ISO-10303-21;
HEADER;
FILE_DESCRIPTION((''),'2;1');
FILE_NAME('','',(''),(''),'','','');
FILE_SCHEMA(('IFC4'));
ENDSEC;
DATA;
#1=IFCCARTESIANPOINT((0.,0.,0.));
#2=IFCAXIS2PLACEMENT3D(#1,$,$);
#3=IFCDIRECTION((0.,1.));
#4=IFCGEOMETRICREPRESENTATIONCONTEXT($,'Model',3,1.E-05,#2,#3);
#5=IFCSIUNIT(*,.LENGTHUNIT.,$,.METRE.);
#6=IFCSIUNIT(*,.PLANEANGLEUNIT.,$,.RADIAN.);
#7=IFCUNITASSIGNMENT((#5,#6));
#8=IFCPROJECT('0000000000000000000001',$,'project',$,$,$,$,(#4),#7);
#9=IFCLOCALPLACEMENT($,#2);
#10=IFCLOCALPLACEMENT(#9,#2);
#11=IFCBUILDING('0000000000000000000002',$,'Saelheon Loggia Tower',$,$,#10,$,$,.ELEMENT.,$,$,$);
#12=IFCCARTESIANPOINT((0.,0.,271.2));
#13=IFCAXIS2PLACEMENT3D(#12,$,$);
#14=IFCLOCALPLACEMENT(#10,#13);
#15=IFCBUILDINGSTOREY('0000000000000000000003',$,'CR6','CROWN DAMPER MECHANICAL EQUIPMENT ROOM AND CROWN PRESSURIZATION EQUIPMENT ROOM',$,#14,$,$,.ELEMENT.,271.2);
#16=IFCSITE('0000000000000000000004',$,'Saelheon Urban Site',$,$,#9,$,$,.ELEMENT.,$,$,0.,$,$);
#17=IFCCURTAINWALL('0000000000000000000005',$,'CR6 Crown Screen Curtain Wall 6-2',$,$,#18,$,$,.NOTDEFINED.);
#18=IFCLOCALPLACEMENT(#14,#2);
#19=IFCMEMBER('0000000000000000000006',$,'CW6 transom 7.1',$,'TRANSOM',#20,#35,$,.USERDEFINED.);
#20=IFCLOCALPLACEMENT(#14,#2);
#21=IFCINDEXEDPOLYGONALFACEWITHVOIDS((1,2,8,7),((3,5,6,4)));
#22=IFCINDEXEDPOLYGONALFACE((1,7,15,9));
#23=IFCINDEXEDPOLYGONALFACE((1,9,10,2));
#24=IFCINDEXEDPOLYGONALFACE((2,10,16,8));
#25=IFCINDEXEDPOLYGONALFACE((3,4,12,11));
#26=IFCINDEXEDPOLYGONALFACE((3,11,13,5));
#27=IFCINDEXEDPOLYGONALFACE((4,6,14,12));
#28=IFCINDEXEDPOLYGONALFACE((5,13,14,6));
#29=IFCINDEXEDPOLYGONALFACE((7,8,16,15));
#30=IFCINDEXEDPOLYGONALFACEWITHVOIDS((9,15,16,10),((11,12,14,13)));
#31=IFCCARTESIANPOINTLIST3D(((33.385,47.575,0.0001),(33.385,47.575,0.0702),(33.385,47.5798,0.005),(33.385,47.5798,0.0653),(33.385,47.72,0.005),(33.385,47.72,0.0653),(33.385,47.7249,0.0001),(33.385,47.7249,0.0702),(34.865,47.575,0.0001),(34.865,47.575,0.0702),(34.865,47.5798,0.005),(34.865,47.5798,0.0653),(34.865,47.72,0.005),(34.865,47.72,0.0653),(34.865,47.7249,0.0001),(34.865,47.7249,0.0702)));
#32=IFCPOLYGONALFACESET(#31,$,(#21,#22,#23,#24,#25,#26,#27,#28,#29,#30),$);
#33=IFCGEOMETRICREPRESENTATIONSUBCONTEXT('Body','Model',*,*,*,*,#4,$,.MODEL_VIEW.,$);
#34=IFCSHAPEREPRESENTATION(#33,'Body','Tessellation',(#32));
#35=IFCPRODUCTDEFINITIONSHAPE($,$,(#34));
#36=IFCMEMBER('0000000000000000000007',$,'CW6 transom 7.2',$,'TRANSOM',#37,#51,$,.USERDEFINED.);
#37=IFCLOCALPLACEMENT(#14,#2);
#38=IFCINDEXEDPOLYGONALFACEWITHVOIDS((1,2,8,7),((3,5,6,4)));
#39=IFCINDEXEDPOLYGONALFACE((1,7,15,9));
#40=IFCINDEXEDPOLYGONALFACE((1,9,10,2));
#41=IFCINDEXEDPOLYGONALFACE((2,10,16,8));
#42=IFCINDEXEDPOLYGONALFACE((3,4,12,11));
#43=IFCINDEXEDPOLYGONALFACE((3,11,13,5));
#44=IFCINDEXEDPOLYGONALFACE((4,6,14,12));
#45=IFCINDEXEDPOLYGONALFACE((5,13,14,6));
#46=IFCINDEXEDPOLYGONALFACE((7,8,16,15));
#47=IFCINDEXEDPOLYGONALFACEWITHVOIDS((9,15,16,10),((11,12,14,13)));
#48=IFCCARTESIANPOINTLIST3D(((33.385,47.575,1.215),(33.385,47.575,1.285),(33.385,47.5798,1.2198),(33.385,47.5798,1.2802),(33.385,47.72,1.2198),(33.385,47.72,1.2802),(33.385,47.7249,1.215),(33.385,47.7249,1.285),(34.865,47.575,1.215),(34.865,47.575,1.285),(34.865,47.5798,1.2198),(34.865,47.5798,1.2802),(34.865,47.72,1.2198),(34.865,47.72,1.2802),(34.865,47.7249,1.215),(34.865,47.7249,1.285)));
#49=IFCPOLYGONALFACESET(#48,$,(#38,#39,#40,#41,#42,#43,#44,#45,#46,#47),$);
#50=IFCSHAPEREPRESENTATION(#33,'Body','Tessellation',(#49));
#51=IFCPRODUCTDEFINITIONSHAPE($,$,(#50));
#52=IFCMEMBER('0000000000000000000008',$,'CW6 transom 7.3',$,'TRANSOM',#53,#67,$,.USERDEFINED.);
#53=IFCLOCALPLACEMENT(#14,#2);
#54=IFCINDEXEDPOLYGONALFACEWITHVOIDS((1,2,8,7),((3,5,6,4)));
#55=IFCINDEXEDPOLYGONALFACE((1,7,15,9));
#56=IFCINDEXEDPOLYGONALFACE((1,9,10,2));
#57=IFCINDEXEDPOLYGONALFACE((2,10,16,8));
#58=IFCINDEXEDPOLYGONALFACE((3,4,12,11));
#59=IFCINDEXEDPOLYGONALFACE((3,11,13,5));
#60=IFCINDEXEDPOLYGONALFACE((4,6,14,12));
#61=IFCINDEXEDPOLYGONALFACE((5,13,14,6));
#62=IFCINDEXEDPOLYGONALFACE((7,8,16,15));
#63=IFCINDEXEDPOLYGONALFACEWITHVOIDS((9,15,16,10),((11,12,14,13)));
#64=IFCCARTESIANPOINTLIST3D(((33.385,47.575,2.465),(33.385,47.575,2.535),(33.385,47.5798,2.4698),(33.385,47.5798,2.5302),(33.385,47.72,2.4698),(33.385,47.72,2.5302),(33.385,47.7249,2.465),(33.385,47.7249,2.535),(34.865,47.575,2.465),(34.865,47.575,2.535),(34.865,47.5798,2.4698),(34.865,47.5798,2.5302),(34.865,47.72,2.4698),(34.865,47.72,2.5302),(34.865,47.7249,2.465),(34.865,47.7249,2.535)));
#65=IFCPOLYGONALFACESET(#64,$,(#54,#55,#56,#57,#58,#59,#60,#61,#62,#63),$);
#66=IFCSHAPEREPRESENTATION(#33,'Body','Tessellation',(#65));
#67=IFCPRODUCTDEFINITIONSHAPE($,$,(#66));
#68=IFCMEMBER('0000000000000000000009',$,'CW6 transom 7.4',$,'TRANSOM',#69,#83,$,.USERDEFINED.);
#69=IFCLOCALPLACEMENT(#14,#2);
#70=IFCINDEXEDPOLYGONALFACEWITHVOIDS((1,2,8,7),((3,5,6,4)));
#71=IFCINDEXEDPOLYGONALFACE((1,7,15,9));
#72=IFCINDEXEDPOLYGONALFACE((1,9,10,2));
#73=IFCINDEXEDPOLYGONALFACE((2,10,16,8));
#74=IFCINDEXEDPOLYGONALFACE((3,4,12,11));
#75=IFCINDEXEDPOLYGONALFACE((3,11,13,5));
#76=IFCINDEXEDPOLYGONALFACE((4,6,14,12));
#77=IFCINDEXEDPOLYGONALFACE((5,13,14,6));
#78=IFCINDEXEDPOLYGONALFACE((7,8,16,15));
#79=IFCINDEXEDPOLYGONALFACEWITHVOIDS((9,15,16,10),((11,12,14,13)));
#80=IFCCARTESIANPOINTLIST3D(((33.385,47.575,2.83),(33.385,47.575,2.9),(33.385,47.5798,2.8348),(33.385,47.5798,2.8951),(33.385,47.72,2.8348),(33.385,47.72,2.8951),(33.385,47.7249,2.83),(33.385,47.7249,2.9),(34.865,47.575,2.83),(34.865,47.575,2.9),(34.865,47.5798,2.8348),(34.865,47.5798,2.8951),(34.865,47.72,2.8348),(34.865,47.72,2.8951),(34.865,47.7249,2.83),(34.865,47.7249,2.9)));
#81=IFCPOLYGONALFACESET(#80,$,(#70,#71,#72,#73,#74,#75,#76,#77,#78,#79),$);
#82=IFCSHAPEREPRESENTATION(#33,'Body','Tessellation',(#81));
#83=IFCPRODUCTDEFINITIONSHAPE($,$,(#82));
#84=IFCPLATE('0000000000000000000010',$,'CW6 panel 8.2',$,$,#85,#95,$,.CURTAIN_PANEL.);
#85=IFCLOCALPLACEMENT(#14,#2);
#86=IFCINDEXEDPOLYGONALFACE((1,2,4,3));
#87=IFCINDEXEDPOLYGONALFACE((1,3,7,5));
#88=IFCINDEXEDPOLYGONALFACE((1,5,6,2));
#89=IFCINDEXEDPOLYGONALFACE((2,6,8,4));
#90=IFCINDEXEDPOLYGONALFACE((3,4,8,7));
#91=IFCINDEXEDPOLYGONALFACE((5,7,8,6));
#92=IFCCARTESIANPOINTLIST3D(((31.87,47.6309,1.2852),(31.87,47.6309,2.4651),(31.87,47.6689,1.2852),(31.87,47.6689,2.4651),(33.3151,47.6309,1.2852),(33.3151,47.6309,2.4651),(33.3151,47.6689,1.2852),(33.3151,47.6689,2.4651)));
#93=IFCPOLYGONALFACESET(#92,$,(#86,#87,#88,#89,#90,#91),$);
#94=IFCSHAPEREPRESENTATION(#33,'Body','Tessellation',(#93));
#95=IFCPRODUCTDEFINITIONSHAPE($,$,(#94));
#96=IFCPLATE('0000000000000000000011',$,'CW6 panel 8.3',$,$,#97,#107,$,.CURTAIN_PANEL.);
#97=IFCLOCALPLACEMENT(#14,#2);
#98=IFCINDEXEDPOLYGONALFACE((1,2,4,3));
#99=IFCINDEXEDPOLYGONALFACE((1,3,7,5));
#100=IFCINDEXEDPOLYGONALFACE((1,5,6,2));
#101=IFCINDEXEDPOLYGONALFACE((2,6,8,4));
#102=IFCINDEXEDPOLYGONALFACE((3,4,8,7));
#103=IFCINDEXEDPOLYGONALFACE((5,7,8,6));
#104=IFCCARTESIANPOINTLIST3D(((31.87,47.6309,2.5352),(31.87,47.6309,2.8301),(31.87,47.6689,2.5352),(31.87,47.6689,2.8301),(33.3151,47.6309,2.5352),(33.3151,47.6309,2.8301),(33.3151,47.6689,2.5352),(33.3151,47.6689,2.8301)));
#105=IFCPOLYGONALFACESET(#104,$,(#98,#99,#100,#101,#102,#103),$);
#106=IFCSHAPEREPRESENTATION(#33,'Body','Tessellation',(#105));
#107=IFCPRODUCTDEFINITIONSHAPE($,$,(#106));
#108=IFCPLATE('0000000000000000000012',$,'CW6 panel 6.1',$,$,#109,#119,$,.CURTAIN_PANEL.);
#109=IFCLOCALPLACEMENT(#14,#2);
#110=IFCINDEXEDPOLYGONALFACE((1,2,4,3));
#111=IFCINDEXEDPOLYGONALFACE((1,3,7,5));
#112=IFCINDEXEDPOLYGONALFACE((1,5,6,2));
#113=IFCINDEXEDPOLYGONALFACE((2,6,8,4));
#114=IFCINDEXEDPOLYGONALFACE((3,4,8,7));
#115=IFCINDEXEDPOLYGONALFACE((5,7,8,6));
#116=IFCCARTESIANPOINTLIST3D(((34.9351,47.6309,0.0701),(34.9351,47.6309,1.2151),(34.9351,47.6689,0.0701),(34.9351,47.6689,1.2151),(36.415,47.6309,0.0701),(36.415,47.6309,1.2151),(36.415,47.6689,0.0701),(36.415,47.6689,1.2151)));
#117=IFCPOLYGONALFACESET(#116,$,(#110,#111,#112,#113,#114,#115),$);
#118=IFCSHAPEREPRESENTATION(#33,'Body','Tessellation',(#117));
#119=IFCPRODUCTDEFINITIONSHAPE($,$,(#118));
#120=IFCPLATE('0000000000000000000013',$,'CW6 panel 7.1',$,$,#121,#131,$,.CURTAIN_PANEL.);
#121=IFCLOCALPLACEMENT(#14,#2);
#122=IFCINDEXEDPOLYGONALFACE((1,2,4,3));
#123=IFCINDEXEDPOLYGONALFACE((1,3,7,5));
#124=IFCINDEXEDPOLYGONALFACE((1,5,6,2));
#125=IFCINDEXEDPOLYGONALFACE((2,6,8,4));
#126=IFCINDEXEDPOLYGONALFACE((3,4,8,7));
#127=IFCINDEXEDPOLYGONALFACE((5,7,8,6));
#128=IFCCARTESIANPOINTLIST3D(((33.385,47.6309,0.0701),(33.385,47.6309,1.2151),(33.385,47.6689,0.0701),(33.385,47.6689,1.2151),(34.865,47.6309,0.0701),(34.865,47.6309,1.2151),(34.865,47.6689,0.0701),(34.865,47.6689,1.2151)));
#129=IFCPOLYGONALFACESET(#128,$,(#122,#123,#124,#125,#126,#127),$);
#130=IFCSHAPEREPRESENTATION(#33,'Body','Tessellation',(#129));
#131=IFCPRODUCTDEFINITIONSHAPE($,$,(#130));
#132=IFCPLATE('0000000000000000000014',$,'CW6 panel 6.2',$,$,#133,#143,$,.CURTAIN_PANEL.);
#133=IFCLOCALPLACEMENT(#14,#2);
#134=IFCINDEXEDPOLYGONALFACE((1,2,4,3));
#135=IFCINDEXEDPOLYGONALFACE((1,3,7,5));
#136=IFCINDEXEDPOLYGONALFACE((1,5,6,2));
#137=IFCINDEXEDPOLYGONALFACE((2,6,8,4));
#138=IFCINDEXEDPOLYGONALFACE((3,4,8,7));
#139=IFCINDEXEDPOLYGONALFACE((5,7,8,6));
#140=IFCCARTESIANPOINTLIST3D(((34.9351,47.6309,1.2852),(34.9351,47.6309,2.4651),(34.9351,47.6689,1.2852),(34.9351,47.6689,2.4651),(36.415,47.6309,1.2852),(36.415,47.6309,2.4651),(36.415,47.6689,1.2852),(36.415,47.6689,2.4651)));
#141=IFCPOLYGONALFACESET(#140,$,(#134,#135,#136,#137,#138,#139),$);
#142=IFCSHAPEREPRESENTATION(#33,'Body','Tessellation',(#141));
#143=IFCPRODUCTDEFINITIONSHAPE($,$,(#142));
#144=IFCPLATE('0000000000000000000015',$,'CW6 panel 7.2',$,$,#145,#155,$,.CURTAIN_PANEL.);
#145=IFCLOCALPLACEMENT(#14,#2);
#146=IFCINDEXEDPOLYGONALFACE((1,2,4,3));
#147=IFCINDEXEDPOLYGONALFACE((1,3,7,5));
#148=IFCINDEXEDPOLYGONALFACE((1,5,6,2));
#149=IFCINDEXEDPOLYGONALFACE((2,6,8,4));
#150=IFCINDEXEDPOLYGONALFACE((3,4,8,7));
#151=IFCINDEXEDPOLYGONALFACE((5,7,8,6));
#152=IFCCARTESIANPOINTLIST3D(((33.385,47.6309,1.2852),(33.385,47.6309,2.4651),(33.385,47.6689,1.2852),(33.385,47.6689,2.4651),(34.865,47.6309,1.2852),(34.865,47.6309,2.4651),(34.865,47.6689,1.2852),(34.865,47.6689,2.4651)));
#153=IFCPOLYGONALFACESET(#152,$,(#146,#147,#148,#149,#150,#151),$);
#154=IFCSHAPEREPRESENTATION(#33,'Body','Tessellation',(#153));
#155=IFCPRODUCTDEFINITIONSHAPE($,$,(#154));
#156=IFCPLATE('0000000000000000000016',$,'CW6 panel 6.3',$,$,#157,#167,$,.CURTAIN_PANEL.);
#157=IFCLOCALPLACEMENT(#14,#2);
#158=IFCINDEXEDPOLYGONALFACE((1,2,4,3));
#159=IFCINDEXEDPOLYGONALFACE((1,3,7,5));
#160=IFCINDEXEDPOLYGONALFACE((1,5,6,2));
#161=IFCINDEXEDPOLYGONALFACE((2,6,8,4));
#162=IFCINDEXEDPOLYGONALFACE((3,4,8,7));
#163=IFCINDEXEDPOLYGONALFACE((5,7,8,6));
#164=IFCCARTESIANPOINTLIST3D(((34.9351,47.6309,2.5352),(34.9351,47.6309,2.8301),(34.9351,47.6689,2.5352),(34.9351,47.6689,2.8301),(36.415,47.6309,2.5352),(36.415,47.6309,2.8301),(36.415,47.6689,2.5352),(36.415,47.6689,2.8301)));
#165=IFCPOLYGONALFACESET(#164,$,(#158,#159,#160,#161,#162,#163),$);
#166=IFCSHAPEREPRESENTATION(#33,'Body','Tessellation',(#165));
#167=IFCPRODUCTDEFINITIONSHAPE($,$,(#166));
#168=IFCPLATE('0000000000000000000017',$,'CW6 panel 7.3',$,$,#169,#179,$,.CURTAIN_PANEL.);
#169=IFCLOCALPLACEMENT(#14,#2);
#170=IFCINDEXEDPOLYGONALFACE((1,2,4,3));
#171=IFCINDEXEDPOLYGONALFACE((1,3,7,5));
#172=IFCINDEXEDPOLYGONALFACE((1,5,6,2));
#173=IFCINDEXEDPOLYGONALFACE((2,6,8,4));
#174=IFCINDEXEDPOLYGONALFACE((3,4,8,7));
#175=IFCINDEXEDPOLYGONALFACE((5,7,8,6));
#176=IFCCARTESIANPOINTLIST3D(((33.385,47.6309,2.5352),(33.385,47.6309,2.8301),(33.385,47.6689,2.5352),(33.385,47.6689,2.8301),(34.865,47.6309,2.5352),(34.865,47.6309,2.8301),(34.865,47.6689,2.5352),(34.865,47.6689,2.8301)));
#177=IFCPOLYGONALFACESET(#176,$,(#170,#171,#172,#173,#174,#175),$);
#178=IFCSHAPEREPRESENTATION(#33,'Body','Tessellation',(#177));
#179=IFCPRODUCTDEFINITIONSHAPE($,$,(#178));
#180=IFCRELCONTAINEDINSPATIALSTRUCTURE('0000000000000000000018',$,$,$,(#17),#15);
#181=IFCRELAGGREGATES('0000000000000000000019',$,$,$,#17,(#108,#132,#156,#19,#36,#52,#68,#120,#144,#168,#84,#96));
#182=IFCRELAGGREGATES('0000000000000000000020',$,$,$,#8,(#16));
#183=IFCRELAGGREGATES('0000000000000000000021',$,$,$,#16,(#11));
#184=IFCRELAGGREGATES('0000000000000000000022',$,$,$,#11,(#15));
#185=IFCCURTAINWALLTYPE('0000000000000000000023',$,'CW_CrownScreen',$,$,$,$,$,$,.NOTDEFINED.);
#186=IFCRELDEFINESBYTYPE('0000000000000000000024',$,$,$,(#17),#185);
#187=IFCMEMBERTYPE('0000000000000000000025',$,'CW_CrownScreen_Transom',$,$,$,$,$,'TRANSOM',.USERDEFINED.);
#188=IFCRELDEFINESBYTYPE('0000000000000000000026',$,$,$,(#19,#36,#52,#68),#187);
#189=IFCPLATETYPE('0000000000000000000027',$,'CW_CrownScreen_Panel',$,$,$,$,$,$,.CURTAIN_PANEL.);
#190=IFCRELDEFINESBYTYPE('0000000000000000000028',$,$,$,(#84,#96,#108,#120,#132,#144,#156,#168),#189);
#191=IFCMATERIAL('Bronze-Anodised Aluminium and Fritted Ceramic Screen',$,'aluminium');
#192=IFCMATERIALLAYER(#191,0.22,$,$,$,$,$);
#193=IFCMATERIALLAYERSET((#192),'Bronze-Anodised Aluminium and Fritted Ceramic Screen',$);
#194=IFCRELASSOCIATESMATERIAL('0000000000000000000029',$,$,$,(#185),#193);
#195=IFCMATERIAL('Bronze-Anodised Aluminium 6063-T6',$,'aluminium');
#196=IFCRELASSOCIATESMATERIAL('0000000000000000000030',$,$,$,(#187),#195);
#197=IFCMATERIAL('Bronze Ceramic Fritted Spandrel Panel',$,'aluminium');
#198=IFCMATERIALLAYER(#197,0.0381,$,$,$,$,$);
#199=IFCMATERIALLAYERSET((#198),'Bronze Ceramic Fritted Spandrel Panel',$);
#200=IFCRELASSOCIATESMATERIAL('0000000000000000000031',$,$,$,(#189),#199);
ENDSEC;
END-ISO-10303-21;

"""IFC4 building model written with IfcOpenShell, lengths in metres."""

from ifc_helpers import new_model, si_unit, direction, frame, origin, origin_2d, place, context, subcontext, project, spatial, rectangle, hollow_rectangle, extrude, source, transform, mapped, material, layer, layer_set, material_profile, profile_set, type_object, element, aggregate, save


model = new_model("IFC4")

# Units and contexts
model_context = context("Model", 3, precision=1e-05, world=origin(), true_north=direction((0.0, 1.0)))
body_context = subcontext(model_context, "Body", "Model", "MODEL_VIEW")
ifc_project = project(units=[si_unit("LENGTHUNIT", "METRE"), si_unit("PLANEANGLEUNIT", "RADIAN")], contexts=[model_context])

# Site, building, storey
site_placement = place(None, origin())
site = spatial("IfcSite", under=ifc_project, at=site_placement, Name="Saelheon Urban Site", CompositionType="ELEMENT", RefElevation=0.0)
building_placement = place(site_placement, origin())
building = spatial("IfcBuilding", under=site, at=building_placement, Name="Saelheon Loggia Tower", CompositionType="ELEMENT")
storey_placement = place(building_placement, frame((0.0, 0.0, 271.2)))
storey = spatial("IfcBuildingStorey", under=building, at=storey_placement, Name="CR6", Description="CROWN DAMPER MECHANICAL EQUIPMENT ROOM AND CROWN PRESSURIZATION EQUIPMENT ROOM", CompositionType="ELEMENT", Elevation=271.2)

# Curtain wall, members, plates
ifc_material_1 = material(Name="Bronze-Anodised Aluminium and Fritted Ceramic Screen", Category="aluminium")
ifc_layer_1 = layer(ifc_material_1, 0.22)
ifc_layer_set_1 = layer_set([ifc_layer_1], Name="Bronze-Anodised Aluminium and Fritted Ceramic Screen")
curtain_wall_type = type_object("IfcCurtainWallType", Name="CW_CrownScreen", PredefinedType="NOTDEFINED", material=ifc_layer_set_1)
curtain_wall_placement = place(storey_placement, origin())
curtain_wall = element("IfcCurtainWall", 1, at=curtain_wall_placement, inside=storey, type_object=curtain_wall_type, Name="CR6 Crown Screen Curtain Wall 6-2", PredefinedType="NOTDEFINED")
ifc_material_2 = material(Name="Bronze-Anodised Aluminium 6063-T6", Category="aluminium")
ifc_material_profile_1 = material_profile(ifc_material_2, hollow_rectangle(XDim=0.0701, YDim=0.1499, WallThickness=0.0049, at=origin_2d()), Name="RHS-150x70x5")
ifc_profile_set_1 = profile_set([ifc_material_profile_1], Name="Bronze-Anodised Aluminium 6063-T6")
member_type_1 = type_object("IfcMemberType", Name="CW_CrownScreen_Transom", ElementType="TRANSOM", PredefinedType="USERDEFINED", material=ifc_profile_set_1)
shared_shape_1 = source(origin(), body_context, "Body", "SweptSolid", [
    extrude(hollow_rectangle(XDim=0.0701, YDim=0.1499, WallThickness=0.0049, at=origin_2d()), origin(), (0.0, 0.0, 1.0), 1.48),
])
member_1_placement = place(storey_placement, frame((34.865, 47.6499, 0.0352), z_axis=(-1.0, 0.0, 0.0), x_axis=(0.0, 0.0, 1.0)))
member_1 = element("IfcMember", 2, at=member_1_placement, type_object=member_type_1, Name="CW6 transom 7.1", ObjectType="TRANSOM", PredefinedType="USERDEFINED", context=body_context, shape_type="MappedRepresentation", body=[
    mapped(shared_shape_1, transform((0.0, 0.0, 0.0), scale=1.0)),
])
member_2_placement = place(storey_placement, frame((34.865, 47.6499, 1.25), z_axis=(-1.0, 0.0, 0.0), x_axis=(0.0, 0.0, 1.0)))
member_2 = element("IfcMember", 3, at=member_2_placement, type_object=member_type_1, Name="CW6 transom 7.2", ObjectType="TRANSOM", PredefinedType="USERDEFINED", context=body_context, shape_type="MappedRepresentation", body=[
    mapped(shared_shape_1, transform((0.0, 0.0, 0.0), scale=1.0)),
])
member_3_placement = place(storey_placement, frame((34.865, 47.6499, 2.5), z_axis=(-1.0, 0.0, 0.0), x_axis=(0.0, 0.0, 1.0)))
member_3 = element("IfcMember", 4, at=member_3_placement, type_object=member_type_1, Name="CW6 transom 7.3", ObjectType="TRANSOM", PredefinedType="USERDEFINED", context=body_context, shape_type="MappedRepresentation", body=[
    mapped(shared_shape_1, transform((0.0, 0.0, 0.0), scale=1.0)),
])
member_4_placement = place(storey_placement, frame((34.865, 47.6499, 2.865), z_axis=(-1.0, 0.0, 0.0), x_axis=(0.0, 0.0, 1.0)))
member_4 = element("IfcMember", 5, at=member_4_placement, type_object=member_type_1, Name="CW6 transom 7.4", ObjectType="TRANSOM", PredefinedType="USERDEFINED", context=body_context, shape_type="MappedRepresentation", body=[
    mapped(shared_shape_1, transform((0.0, 0.0, 0.0), scale=1.0)),
])
ifc_material_3 = material(Name="Bronze Ceramic Fritted Spandrel Panel", Category="aluminium")
ifc_layer_2 = layer(ifc_material_3, 0.0381)
ifc_layer_set_2 = layer_set([ifc_layer_2], Name="Bronze Ceramic Fritted Spandrel Panel")
plate_type = type_object("IfcPlateType", Name="CW_CrownScreen_Panel", PredefinedType="CURTAIN_PANEL", material=ifc_layer_set_2)
shared_shape_2 = source(origin(), body_context, "Body", "SweptSolid", [
    extrude(rectangle(XDim=1.4451, YDim=0.0381, at=origin_2d()), origin(), (0.0, 0.0, 1.0), 1.1799),
])
plate_1_placement = place(storey_placement, frame((32.5925, 47.6499, 1.2852), z_axis=(0.0, 0.0, 1.0), x_axis=(-1.0, 0.0, 0.0)))
plate_1 = element("IfcPlate", 6, at=plate_1_placement, type_object=plate_type, Name="CW6 panel 8.2", PredefinedType="CURTAIN_PANEL", context=body_context, shape_type="MappedRepresentation", body=[
    mapped(shared_shape_2, transform((0.0, 0.0, 0.0), scale=1.0)),
])
shared_shape_3 = source(origin(), body_context, "Body", "SweptSolid", [
    extrude(rectangle(XDim=1.4451, YDim=0.0381, at=origin_2d()), origin(), (0.0, 0.0, 1.0), 0.2949),
])
plate_2_placement = place(storey_placement, frame((32.5925, 47.6499, 2.5352), z_axis=(0.0, 0.0, 1.0), x_axis=(-1.0, 0.0, 0.0)))
plate_2 = element("IfcPlate", 7, at=plate_2_placement, type_object=plate_type, Name="CW6 panel 8.3", PredefinedType="CURTAIN_PANEL", context=body_context, shape_type="MappedRepresentation", body=[
    mapped(shared_shape_3, transform((0.0, 0.0, 0.0), scale=1.0)),
])
shared_shape_4 = source(origin(), body_context, "Body", "SweptSolid", [
    extrude(rectangle(XDim=1.48, YDim=0.0381, at=origin_2d()), origin(), (0.0, 0.0, 1.0), 1.145),
])
plate_3_placement = place(storey_placement, frame((35.675, 47.6499, 0.0701), z_axis=(0.0, 0.0, 1.0), x_axis=(-1.0, 0.0, 0.0)))
plate_3 = element("IfcPlate", 8, at=plate_3_placement, type_object=plate_type, Name="CW6 panel 6.1", PredefinedType="CURTAIN_PANEL", context=body_context, shape_type="MappedRepresentation", body=[
    mapped(shared_shape_4, transform((0.0, 0.0, 0.0), scale=1.0)),
])
plate_4_placement = place(storey_placement, frame((34.125, 47.6499, 0.0701), z_axis=(0.0, 0.0, 1.0), x_axis=(-1.0, 0.0, 0.0)))
plate_4 = element("IfcPlate", 9, at=plate_4_placement, type_object=plate_type, Name="CW6 panel 7.1", PredefinedType="CURTAIN_PANEL", context=body_context, shape_type="MappedRepresentation", body=[
    mapped(shared_shape_4, transform((0.0, 0.0, 0.0), scale=1.0)),
])
shared_shape_5 = source(origin(), body_context, "Body", "SweptSolid", [
    extrude(rectangle(XDim=1.48, YDim=0.0381, at=origin_2d()), origin(), (0.0, 0.0, 1.0), 1.1799),
])
plate_5_placement = place(storey_placement, frame((35.675, 47.6499, 1.2852), z_axis=(0.0, 0.0, 1.0), x_axis=(-1.0, 0.0, 0.0)))
plate_5 = element("IfcPlate", 10, at=plate_5_placement, type_object=plate_type, Name="CW6 panel 6.2", PredefinedType="CURTAIN_PANEL", context=body_context, shape_type="MappedRepresentation", body=[
    mapped(shared_shape_5, transform((0.0, 0.0, 0.0), scale=1.0)),
])
plate_6_placement = place(storey_placement, frame((34.125, 47.6499, 1.2852), z_axis=(0.0, 0.0, 1.0), x_axis=(-1.0, 0.0, 0.0)))
plate_6 = element("IfcPlate", 11, at=plate_6_placement, type_object=plate_type, Name="CW6 panel 7.2", PredefinedType="CURTAIN_PANEL", context=body_context, shape_type="MappedRepresentation", body=[
    mapped(shared_shape_5, transform((0.0, 0.0, 0.0), scale=1.0)),
])
shared_shape_6 = source(origin(), body_context, "Body", "SweptSolid", [
    extrude(rectangle(XDim=1.48, YDim=0.0381, at=origin_2d()), origin(), (0.0, 0.0, 1.0), 0.2949),
])
plate_7_placement = place(storey_placement, frame((35.675, 47.6499, 2.5352), z_axis=(0.0, 0.0, 1.0), x_axis=(-1.0, 0.0, 0.0)))
plate_7 = element("IfcPlate", 12, at=plate_7_placement, type_object=plate_type, Name="CW6 panel 6.3", PredefinedType="CURTAIN_PANEL", context=body_context, shape_type="MappedRepresentation", body=[
    mapped(shared_shape_6, transform((0.0, 0.0, 0.0), scale=1.0)),
])
plate_8_placement = place(storey_placement, frame((34.125, 47.6499, 2.5352), z_axis=(0.0, 0.0, 1.0), x_axis=(-1.0, 0.0, 0.0)))
plate_8 = element("IfcPlate", 13, at=plate_8_placement, type_object=plate_type, Name="CW6 panel 7.3", PredefinedType="CURTAIN_PANEL", context=body_context, shape_type="MappedRepresentation", body=[
    mapped(shared_shape_6, transform((0.0, 0.0, 0.0), scale=1.0)),
])
aggregate(curtain_wall, [plate_3, plate_5, plate_7, member_1, member_2, member_3, member_4, plate_4, plate_6, plate_8, plate_1, plate_2])

save(model, "model.ifc")
